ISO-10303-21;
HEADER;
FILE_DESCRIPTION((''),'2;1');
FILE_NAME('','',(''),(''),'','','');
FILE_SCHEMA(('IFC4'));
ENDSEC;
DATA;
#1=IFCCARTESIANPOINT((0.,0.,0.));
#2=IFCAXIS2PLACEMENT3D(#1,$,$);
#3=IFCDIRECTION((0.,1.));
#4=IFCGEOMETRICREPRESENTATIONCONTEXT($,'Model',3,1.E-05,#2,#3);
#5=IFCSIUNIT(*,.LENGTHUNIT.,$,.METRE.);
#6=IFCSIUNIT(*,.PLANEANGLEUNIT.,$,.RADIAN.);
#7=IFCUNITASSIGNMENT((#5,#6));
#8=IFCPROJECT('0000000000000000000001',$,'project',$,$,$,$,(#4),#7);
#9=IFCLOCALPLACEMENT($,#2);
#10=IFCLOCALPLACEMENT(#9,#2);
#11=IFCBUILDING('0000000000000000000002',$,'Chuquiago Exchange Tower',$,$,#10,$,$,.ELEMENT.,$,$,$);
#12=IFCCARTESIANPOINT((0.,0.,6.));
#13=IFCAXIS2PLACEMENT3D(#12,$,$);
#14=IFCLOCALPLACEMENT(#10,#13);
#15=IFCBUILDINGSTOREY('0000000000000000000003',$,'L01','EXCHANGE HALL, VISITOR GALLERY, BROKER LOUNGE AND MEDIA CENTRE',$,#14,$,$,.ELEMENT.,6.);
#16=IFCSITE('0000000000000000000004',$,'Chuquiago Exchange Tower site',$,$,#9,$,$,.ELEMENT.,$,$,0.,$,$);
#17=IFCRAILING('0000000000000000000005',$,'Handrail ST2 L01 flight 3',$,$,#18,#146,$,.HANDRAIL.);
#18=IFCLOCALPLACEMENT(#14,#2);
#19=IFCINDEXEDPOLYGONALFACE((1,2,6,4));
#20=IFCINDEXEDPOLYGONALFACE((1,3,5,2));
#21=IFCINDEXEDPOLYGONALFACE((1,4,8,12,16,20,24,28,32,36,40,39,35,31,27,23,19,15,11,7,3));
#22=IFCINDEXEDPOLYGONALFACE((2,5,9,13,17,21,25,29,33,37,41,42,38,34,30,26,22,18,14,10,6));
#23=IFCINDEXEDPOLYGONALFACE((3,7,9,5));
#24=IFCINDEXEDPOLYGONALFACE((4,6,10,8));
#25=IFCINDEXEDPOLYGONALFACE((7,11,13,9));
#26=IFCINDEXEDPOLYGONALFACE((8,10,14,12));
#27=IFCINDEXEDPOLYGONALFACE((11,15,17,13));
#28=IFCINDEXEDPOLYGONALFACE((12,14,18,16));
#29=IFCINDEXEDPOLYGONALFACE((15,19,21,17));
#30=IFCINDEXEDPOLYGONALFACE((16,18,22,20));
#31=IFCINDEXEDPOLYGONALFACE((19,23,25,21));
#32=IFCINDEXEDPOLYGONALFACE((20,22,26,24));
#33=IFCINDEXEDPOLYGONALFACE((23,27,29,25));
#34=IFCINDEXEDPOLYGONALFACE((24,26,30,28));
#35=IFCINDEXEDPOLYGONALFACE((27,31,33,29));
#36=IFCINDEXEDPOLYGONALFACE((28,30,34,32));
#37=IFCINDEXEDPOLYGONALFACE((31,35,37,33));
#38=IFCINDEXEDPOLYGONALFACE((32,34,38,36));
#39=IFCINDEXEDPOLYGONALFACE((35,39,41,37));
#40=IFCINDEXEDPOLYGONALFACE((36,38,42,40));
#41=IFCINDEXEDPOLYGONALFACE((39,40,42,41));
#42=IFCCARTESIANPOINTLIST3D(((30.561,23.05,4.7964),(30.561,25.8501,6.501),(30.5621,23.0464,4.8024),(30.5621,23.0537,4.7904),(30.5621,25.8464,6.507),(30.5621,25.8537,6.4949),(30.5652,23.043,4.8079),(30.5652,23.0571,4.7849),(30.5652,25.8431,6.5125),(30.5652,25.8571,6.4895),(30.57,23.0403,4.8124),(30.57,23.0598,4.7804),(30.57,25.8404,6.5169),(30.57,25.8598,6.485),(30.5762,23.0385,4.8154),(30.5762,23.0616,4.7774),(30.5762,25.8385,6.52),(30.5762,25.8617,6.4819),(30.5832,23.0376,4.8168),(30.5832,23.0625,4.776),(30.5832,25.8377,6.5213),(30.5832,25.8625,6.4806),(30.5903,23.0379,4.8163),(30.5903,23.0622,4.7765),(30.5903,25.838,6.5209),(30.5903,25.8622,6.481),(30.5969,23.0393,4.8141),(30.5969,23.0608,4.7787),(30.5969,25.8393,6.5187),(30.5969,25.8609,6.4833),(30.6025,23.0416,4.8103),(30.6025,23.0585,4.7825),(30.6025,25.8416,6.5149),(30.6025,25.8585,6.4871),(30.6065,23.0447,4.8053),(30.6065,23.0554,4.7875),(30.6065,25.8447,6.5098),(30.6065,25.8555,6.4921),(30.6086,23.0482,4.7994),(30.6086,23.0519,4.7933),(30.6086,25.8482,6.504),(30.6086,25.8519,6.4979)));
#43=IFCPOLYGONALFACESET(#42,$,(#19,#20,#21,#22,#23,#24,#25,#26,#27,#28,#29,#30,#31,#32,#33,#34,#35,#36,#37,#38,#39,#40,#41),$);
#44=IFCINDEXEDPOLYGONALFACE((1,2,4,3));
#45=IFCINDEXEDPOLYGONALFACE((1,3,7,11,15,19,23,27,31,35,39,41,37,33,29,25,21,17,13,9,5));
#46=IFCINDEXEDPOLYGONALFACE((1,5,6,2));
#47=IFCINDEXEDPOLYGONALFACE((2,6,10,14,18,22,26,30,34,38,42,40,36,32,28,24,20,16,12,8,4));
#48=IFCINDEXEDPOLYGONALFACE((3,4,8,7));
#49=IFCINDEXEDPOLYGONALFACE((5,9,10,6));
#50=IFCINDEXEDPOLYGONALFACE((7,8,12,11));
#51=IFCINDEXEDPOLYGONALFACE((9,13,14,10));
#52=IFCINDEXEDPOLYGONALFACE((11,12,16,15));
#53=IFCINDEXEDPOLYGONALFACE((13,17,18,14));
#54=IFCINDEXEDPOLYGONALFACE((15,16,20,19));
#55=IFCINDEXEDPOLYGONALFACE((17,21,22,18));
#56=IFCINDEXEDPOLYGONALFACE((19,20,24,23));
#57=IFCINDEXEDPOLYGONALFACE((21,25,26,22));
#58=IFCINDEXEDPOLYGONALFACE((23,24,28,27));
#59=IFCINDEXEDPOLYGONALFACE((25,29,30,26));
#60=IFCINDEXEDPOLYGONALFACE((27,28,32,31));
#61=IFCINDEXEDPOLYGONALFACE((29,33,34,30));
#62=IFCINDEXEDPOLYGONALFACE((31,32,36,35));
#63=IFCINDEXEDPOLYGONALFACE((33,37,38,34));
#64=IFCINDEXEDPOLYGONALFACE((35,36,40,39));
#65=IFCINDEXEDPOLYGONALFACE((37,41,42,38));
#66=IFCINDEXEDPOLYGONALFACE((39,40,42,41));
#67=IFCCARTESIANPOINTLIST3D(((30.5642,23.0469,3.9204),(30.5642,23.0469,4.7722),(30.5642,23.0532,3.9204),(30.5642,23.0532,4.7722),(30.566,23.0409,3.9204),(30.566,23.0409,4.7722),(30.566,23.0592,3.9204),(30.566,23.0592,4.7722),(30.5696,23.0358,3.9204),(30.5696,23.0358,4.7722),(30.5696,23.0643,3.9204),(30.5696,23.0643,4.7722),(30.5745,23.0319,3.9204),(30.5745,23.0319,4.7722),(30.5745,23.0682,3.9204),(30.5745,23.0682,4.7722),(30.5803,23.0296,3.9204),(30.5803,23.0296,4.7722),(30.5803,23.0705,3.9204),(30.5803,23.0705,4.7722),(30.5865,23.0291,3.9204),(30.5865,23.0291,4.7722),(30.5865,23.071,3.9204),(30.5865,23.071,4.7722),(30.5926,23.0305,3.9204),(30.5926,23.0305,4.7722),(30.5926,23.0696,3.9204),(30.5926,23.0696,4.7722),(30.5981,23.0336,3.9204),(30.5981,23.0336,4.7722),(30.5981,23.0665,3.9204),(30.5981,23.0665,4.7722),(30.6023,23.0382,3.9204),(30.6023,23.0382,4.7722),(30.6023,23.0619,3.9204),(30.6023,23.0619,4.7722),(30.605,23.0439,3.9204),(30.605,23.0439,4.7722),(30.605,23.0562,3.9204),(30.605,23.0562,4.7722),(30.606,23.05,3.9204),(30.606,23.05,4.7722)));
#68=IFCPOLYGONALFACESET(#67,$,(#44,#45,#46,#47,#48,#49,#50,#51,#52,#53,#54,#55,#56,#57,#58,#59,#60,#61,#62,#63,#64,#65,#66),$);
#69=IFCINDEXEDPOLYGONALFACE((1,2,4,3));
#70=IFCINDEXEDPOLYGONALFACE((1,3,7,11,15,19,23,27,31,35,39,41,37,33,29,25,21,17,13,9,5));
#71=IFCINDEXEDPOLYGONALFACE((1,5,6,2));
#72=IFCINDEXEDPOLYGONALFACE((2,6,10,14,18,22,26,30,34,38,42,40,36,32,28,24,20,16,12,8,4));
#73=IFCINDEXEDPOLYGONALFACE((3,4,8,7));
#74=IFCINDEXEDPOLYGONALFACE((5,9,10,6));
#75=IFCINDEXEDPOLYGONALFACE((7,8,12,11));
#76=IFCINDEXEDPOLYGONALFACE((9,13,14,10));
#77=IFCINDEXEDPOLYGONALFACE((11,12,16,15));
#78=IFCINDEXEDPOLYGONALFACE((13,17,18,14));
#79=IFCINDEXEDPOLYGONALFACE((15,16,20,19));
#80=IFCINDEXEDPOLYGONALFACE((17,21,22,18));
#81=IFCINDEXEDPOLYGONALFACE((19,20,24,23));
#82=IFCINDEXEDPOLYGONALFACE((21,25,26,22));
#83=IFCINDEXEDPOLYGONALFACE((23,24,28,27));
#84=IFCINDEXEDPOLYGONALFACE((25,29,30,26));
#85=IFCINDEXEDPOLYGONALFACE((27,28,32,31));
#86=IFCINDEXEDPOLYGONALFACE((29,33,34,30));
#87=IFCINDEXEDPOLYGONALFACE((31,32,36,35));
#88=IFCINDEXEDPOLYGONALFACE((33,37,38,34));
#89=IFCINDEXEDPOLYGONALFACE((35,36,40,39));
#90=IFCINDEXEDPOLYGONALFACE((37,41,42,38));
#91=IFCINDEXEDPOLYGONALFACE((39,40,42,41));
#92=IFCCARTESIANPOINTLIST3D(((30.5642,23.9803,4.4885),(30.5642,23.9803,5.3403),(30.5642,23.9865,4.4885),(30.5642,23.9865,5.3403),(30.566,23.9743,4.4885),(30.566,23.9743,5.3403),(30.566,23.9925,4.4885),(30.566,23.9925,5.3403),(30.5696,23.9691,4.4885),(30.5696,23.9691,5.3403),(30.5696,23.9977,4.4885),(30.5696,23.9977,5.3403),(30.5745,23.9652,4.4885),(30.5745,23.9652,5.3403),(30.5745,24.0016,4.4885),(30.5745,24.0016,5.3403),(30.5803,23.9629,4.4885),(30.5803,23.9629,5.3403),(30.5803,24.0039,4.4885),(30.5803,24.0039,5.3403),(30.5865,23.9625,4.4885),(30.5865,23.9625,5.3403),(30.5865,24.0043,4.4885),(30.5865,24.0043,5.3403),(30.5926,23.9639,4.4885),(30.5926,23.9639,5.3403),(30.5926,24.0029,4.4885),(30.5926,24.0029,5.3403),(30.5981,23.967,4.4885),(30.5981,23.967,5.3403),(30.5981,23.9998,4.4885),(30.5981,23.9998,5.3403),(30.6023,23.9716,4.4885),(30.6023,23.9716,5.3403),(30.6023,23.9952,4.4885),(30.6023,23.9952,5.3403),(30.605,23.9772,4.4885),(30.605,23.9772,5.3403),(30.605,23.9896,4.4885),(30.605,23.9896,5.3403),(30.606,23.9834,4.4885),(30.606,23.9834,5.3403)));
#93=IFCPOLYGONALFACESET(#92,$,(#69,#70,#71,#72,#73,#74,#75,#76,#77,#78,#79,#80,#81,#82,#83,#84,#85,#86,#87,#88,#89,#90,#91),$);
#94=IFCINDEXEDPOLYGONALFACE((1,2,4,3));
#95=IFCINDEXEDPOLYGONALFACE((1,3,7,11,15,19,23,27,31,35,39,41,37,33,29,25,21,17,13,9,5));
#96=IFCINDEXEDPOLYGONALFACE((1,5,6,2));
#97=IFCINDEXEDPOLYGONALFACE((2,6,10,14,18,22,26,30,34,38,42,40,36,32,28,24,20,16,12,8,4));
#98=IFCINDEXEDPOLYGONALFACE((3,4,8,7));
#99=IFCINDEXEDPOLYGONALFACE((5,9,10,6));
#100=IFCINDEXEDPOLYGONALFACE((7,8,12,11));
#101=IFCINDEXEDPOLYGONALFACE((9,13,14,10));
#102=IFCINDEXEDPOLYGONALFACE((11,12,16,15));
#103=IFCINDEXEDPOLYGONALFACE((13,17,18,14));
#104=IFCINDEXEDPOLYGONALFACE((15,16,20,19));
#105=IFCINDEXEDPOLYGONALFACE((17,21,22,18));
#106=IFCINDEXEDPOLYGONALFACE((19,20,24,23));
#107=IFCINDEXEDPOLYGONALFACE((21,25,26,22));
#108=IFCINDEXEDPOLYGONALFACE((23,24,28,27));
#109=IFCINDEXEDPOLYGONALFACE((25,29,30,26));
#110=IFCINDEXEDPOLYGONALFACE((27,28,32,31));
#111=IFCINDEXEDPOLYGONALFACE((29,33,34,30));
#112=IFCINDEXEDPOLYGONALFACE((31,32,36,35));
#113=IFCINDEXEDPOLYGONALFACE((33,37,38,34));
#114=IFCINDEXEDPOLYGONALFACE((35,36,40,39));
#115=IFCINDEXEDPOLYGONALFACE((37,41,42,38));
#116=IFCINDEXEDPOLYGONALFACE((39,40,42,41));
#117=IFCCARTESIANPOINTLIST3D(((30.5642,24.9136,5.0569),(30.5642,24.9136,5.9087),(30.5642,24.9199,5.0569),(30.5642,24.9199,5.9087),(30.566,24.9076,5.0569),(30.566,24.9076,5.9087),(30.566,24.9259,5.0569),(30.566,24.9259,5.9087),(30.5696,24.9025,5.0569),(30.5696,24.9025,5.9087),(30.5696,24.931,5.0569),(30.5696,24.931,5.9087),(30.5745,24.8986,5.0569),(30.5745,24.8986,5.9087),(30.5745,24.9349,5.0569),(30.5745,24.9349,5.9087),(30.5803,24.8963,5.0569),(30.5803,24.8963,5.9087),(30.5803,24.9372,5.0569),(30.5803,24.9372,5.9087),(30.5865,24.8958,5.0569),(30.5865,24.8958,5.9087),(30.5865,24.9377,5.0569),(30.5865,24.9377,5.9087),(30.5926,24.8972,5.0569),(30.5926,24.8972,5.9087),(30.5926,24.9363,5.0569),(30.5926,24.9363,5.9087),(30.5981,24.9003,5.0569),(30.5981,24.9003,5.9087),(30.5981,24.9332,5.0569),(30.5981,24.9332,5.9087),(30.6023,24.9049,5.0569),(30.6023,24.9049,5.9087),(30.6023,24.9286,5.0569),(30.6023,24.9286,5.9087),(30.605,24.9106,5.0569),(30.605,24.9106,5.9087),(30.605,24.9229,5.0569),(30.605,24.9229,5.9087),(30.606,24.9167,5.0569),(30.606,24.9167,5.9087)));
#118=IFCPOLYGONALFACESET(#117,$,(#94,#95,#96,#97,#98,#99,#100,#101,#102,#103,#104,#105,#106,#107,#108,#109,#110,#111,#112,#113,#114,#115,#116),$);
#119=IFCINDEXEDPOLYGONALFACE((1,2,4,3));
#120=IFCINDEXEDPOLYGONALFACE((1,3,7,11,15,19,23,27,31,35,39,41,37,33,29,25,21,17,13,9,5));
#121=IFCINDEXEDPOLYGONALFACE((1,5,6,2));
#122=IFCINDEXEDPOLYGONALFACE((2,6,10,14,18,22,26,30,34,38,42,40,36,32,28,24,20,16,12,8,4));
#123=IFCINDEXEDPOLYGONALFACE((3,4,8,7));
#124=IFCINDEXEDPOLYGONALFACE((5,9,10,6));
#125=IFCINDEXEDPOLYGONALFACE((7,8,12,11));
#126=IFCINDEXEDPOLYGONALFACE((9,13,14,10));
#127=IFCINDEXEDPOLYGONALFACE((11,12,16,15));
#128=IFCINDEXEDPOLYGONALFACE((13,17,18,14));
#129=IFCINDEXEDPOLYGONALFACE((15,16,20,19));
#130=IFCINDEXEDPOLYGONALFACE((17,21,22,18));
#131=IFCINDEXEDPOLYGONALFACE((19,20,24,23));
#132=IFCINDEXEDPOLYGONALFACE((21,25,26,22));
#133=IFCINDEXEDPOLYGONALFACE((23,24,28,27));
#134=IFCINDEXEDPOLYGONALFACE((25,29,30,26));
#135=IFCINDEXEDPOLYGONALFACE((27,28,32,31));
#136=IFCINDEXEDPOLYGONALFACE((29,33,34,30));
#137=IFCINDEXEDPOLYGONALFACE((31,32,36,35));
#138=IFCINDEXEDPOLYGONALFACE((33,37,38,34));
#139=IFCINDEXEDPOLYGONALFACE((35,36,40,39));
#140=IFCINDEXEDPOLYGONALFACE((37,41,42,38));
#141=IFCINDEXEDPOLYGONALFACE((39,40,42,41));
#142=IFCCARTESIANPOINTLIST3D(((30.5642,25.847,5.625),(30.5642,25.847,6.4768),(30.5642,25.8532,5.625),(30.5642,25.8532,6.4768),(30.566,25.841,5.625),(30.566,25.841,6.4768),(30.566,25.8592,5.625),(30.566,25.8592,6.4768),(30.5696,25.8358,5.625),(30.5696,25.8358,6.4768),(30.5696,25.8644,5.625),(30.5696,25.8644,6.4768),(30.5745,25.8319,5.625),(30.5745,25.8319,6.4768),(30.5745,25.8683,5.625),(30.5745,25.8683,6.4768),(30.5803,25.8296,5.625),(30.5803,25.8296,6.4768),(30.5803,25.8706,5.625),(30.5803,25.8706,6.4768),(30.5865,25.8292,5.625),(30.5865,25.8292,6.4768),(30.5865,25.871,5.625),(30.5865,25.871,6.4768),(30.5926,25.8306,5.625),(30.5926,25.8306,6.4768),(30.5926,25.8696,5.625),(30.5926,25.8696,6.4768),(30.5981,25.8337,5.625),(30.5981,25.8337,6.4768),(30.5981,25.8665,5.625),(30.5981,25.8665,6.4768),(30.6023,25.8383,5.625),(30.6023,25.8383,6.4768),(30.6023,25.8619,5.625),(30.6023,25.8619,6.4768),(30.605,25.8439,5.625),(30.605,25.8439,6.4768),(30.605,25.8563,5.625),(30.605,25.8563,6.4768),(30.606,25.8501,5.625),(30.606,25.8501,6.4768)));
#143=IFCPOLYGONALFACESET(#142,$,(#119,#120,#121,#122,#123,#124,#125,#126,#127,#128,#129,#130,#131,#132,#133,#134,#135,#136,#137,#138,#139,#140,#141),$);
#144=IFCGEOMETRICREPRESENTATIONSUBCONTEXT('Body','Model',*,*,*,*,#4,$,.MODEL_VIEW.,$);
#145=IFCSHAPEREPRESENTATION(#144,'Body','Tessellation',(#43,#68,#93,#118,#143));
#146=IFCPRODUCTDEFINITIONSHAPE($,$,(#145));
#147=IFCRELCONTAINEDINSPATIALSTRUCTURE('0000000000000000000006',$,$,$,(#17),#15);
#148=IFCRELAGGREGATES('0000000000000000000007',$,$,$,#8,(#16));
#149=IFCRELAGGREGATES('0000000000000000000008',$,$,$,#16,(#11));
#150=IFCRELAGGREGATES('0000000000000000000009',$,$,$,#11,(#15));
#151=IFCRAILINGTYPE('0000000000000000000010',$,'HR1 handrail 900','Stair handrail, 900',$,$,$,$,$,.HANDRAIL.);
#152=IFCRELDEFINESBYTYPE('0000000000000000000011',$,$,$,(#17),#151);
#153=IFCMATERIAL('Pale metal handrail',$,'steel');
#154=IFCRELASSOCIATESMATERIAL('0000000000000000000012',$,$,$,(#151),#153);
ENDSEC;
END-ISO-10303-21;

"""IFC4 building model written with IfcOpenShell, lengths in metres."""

from ifc_helpers import new_model, si_unit, direction, frame, origin, origin_2d, place, context, subcontext, project, spatial, circle, extrude, material, type_object, element, save


model = new_model("IFC4")

# Units and contexts
model_context = context("Model", 3, precision=1e-05, world=origin(), true_north=direction((0.0, 1.0)))
body_context = subcontext(model_context, "Body", "Model", "MODEL_VIEW")
ifc_project = project(units=[si_unit("LENGTHUNIT", "METRE"), si_unit("PLANEANGLEUNIT", "RADIAN")], contexts=[model_context])

# Site, building, storey
site_placement = place(None, origin())
site = spatial("IfcSite", under=ifc_project, at=site_placement, Name="Chuquiago Exchange Tower site", CompositionType="ELEMENT", RefElevation=0.0)
building_placement = place(site_placement, origin())
building = spatial("IfcBuilding", under=site, at=building_placement, Name="Chuquiago Exchange Tower", CompositionType="ELEMENT")
storey_placement = place(building_placement, frame((0.0, 0.0, 6.0)))
storey = spatial("IfcBuildingStorey", under=building, at=storey_placement, Name="L01", Description="EXCHANGE HALL, VISITOR GALLERY, BROKER LOUNGE AND MEDIA CENTRE", CompositionType="ELEMENT", Elevation=6.0)

# Railing
ifc_material_1 = material(Name="Pale metal handrail", Category="steel")
railing_type_1 = type_object("IfcRailingType", Name="HR1 handrail 900", Description="Stair handrail, 900", PredefinedType="HANDRAIL", material=ifc_material_1)
for number, where, name in (
    (1, (30.585, 23.05, 3.9204), "Handrail ST2 L01 flight 3"),
):
    element("IfcRailing", number, at=place(storey_placement, frame(where)), inside=storey, type_object=railing_type_1, Name=name, PredefinedType="HANDRAIL", context=body_context, shape_type="SweptSolid", body=[
        extrude(circle(Radius=0.0239, at=origin_2d()), frame((0.0, 0.0, 0.876), z_axis=(0.0, 0.85417, 0.519994), x_axis=(-1.0, 0.0, 0.0)), (0.0, 0.0, 1.0), 3.2781),
        extrude(circle(Radius=0.021, at=origin_2d()), origin(), (0.0, 0.0, 1.0), 0.8518),
        extrude(circle(Radius=0.021, at=origin_2d()), frame((0.0, 0.9333, 0.5681)), (0.0, 0.0, 1.0), 0.8518),
        extrude(circle(Radius=0.021, at=origin_2d()), frame((0.0, 1.8667, 1.1365)), (0.0, 0.0, 1.0), 0.8518),
        extrude(circle(Radius=0.021, at=origin_2d()), frame((0.0, 2.8, 1.7046)), (0.0, 0.0, 1.0), 0.8518),
    ])

save(model, "model.ifc")
